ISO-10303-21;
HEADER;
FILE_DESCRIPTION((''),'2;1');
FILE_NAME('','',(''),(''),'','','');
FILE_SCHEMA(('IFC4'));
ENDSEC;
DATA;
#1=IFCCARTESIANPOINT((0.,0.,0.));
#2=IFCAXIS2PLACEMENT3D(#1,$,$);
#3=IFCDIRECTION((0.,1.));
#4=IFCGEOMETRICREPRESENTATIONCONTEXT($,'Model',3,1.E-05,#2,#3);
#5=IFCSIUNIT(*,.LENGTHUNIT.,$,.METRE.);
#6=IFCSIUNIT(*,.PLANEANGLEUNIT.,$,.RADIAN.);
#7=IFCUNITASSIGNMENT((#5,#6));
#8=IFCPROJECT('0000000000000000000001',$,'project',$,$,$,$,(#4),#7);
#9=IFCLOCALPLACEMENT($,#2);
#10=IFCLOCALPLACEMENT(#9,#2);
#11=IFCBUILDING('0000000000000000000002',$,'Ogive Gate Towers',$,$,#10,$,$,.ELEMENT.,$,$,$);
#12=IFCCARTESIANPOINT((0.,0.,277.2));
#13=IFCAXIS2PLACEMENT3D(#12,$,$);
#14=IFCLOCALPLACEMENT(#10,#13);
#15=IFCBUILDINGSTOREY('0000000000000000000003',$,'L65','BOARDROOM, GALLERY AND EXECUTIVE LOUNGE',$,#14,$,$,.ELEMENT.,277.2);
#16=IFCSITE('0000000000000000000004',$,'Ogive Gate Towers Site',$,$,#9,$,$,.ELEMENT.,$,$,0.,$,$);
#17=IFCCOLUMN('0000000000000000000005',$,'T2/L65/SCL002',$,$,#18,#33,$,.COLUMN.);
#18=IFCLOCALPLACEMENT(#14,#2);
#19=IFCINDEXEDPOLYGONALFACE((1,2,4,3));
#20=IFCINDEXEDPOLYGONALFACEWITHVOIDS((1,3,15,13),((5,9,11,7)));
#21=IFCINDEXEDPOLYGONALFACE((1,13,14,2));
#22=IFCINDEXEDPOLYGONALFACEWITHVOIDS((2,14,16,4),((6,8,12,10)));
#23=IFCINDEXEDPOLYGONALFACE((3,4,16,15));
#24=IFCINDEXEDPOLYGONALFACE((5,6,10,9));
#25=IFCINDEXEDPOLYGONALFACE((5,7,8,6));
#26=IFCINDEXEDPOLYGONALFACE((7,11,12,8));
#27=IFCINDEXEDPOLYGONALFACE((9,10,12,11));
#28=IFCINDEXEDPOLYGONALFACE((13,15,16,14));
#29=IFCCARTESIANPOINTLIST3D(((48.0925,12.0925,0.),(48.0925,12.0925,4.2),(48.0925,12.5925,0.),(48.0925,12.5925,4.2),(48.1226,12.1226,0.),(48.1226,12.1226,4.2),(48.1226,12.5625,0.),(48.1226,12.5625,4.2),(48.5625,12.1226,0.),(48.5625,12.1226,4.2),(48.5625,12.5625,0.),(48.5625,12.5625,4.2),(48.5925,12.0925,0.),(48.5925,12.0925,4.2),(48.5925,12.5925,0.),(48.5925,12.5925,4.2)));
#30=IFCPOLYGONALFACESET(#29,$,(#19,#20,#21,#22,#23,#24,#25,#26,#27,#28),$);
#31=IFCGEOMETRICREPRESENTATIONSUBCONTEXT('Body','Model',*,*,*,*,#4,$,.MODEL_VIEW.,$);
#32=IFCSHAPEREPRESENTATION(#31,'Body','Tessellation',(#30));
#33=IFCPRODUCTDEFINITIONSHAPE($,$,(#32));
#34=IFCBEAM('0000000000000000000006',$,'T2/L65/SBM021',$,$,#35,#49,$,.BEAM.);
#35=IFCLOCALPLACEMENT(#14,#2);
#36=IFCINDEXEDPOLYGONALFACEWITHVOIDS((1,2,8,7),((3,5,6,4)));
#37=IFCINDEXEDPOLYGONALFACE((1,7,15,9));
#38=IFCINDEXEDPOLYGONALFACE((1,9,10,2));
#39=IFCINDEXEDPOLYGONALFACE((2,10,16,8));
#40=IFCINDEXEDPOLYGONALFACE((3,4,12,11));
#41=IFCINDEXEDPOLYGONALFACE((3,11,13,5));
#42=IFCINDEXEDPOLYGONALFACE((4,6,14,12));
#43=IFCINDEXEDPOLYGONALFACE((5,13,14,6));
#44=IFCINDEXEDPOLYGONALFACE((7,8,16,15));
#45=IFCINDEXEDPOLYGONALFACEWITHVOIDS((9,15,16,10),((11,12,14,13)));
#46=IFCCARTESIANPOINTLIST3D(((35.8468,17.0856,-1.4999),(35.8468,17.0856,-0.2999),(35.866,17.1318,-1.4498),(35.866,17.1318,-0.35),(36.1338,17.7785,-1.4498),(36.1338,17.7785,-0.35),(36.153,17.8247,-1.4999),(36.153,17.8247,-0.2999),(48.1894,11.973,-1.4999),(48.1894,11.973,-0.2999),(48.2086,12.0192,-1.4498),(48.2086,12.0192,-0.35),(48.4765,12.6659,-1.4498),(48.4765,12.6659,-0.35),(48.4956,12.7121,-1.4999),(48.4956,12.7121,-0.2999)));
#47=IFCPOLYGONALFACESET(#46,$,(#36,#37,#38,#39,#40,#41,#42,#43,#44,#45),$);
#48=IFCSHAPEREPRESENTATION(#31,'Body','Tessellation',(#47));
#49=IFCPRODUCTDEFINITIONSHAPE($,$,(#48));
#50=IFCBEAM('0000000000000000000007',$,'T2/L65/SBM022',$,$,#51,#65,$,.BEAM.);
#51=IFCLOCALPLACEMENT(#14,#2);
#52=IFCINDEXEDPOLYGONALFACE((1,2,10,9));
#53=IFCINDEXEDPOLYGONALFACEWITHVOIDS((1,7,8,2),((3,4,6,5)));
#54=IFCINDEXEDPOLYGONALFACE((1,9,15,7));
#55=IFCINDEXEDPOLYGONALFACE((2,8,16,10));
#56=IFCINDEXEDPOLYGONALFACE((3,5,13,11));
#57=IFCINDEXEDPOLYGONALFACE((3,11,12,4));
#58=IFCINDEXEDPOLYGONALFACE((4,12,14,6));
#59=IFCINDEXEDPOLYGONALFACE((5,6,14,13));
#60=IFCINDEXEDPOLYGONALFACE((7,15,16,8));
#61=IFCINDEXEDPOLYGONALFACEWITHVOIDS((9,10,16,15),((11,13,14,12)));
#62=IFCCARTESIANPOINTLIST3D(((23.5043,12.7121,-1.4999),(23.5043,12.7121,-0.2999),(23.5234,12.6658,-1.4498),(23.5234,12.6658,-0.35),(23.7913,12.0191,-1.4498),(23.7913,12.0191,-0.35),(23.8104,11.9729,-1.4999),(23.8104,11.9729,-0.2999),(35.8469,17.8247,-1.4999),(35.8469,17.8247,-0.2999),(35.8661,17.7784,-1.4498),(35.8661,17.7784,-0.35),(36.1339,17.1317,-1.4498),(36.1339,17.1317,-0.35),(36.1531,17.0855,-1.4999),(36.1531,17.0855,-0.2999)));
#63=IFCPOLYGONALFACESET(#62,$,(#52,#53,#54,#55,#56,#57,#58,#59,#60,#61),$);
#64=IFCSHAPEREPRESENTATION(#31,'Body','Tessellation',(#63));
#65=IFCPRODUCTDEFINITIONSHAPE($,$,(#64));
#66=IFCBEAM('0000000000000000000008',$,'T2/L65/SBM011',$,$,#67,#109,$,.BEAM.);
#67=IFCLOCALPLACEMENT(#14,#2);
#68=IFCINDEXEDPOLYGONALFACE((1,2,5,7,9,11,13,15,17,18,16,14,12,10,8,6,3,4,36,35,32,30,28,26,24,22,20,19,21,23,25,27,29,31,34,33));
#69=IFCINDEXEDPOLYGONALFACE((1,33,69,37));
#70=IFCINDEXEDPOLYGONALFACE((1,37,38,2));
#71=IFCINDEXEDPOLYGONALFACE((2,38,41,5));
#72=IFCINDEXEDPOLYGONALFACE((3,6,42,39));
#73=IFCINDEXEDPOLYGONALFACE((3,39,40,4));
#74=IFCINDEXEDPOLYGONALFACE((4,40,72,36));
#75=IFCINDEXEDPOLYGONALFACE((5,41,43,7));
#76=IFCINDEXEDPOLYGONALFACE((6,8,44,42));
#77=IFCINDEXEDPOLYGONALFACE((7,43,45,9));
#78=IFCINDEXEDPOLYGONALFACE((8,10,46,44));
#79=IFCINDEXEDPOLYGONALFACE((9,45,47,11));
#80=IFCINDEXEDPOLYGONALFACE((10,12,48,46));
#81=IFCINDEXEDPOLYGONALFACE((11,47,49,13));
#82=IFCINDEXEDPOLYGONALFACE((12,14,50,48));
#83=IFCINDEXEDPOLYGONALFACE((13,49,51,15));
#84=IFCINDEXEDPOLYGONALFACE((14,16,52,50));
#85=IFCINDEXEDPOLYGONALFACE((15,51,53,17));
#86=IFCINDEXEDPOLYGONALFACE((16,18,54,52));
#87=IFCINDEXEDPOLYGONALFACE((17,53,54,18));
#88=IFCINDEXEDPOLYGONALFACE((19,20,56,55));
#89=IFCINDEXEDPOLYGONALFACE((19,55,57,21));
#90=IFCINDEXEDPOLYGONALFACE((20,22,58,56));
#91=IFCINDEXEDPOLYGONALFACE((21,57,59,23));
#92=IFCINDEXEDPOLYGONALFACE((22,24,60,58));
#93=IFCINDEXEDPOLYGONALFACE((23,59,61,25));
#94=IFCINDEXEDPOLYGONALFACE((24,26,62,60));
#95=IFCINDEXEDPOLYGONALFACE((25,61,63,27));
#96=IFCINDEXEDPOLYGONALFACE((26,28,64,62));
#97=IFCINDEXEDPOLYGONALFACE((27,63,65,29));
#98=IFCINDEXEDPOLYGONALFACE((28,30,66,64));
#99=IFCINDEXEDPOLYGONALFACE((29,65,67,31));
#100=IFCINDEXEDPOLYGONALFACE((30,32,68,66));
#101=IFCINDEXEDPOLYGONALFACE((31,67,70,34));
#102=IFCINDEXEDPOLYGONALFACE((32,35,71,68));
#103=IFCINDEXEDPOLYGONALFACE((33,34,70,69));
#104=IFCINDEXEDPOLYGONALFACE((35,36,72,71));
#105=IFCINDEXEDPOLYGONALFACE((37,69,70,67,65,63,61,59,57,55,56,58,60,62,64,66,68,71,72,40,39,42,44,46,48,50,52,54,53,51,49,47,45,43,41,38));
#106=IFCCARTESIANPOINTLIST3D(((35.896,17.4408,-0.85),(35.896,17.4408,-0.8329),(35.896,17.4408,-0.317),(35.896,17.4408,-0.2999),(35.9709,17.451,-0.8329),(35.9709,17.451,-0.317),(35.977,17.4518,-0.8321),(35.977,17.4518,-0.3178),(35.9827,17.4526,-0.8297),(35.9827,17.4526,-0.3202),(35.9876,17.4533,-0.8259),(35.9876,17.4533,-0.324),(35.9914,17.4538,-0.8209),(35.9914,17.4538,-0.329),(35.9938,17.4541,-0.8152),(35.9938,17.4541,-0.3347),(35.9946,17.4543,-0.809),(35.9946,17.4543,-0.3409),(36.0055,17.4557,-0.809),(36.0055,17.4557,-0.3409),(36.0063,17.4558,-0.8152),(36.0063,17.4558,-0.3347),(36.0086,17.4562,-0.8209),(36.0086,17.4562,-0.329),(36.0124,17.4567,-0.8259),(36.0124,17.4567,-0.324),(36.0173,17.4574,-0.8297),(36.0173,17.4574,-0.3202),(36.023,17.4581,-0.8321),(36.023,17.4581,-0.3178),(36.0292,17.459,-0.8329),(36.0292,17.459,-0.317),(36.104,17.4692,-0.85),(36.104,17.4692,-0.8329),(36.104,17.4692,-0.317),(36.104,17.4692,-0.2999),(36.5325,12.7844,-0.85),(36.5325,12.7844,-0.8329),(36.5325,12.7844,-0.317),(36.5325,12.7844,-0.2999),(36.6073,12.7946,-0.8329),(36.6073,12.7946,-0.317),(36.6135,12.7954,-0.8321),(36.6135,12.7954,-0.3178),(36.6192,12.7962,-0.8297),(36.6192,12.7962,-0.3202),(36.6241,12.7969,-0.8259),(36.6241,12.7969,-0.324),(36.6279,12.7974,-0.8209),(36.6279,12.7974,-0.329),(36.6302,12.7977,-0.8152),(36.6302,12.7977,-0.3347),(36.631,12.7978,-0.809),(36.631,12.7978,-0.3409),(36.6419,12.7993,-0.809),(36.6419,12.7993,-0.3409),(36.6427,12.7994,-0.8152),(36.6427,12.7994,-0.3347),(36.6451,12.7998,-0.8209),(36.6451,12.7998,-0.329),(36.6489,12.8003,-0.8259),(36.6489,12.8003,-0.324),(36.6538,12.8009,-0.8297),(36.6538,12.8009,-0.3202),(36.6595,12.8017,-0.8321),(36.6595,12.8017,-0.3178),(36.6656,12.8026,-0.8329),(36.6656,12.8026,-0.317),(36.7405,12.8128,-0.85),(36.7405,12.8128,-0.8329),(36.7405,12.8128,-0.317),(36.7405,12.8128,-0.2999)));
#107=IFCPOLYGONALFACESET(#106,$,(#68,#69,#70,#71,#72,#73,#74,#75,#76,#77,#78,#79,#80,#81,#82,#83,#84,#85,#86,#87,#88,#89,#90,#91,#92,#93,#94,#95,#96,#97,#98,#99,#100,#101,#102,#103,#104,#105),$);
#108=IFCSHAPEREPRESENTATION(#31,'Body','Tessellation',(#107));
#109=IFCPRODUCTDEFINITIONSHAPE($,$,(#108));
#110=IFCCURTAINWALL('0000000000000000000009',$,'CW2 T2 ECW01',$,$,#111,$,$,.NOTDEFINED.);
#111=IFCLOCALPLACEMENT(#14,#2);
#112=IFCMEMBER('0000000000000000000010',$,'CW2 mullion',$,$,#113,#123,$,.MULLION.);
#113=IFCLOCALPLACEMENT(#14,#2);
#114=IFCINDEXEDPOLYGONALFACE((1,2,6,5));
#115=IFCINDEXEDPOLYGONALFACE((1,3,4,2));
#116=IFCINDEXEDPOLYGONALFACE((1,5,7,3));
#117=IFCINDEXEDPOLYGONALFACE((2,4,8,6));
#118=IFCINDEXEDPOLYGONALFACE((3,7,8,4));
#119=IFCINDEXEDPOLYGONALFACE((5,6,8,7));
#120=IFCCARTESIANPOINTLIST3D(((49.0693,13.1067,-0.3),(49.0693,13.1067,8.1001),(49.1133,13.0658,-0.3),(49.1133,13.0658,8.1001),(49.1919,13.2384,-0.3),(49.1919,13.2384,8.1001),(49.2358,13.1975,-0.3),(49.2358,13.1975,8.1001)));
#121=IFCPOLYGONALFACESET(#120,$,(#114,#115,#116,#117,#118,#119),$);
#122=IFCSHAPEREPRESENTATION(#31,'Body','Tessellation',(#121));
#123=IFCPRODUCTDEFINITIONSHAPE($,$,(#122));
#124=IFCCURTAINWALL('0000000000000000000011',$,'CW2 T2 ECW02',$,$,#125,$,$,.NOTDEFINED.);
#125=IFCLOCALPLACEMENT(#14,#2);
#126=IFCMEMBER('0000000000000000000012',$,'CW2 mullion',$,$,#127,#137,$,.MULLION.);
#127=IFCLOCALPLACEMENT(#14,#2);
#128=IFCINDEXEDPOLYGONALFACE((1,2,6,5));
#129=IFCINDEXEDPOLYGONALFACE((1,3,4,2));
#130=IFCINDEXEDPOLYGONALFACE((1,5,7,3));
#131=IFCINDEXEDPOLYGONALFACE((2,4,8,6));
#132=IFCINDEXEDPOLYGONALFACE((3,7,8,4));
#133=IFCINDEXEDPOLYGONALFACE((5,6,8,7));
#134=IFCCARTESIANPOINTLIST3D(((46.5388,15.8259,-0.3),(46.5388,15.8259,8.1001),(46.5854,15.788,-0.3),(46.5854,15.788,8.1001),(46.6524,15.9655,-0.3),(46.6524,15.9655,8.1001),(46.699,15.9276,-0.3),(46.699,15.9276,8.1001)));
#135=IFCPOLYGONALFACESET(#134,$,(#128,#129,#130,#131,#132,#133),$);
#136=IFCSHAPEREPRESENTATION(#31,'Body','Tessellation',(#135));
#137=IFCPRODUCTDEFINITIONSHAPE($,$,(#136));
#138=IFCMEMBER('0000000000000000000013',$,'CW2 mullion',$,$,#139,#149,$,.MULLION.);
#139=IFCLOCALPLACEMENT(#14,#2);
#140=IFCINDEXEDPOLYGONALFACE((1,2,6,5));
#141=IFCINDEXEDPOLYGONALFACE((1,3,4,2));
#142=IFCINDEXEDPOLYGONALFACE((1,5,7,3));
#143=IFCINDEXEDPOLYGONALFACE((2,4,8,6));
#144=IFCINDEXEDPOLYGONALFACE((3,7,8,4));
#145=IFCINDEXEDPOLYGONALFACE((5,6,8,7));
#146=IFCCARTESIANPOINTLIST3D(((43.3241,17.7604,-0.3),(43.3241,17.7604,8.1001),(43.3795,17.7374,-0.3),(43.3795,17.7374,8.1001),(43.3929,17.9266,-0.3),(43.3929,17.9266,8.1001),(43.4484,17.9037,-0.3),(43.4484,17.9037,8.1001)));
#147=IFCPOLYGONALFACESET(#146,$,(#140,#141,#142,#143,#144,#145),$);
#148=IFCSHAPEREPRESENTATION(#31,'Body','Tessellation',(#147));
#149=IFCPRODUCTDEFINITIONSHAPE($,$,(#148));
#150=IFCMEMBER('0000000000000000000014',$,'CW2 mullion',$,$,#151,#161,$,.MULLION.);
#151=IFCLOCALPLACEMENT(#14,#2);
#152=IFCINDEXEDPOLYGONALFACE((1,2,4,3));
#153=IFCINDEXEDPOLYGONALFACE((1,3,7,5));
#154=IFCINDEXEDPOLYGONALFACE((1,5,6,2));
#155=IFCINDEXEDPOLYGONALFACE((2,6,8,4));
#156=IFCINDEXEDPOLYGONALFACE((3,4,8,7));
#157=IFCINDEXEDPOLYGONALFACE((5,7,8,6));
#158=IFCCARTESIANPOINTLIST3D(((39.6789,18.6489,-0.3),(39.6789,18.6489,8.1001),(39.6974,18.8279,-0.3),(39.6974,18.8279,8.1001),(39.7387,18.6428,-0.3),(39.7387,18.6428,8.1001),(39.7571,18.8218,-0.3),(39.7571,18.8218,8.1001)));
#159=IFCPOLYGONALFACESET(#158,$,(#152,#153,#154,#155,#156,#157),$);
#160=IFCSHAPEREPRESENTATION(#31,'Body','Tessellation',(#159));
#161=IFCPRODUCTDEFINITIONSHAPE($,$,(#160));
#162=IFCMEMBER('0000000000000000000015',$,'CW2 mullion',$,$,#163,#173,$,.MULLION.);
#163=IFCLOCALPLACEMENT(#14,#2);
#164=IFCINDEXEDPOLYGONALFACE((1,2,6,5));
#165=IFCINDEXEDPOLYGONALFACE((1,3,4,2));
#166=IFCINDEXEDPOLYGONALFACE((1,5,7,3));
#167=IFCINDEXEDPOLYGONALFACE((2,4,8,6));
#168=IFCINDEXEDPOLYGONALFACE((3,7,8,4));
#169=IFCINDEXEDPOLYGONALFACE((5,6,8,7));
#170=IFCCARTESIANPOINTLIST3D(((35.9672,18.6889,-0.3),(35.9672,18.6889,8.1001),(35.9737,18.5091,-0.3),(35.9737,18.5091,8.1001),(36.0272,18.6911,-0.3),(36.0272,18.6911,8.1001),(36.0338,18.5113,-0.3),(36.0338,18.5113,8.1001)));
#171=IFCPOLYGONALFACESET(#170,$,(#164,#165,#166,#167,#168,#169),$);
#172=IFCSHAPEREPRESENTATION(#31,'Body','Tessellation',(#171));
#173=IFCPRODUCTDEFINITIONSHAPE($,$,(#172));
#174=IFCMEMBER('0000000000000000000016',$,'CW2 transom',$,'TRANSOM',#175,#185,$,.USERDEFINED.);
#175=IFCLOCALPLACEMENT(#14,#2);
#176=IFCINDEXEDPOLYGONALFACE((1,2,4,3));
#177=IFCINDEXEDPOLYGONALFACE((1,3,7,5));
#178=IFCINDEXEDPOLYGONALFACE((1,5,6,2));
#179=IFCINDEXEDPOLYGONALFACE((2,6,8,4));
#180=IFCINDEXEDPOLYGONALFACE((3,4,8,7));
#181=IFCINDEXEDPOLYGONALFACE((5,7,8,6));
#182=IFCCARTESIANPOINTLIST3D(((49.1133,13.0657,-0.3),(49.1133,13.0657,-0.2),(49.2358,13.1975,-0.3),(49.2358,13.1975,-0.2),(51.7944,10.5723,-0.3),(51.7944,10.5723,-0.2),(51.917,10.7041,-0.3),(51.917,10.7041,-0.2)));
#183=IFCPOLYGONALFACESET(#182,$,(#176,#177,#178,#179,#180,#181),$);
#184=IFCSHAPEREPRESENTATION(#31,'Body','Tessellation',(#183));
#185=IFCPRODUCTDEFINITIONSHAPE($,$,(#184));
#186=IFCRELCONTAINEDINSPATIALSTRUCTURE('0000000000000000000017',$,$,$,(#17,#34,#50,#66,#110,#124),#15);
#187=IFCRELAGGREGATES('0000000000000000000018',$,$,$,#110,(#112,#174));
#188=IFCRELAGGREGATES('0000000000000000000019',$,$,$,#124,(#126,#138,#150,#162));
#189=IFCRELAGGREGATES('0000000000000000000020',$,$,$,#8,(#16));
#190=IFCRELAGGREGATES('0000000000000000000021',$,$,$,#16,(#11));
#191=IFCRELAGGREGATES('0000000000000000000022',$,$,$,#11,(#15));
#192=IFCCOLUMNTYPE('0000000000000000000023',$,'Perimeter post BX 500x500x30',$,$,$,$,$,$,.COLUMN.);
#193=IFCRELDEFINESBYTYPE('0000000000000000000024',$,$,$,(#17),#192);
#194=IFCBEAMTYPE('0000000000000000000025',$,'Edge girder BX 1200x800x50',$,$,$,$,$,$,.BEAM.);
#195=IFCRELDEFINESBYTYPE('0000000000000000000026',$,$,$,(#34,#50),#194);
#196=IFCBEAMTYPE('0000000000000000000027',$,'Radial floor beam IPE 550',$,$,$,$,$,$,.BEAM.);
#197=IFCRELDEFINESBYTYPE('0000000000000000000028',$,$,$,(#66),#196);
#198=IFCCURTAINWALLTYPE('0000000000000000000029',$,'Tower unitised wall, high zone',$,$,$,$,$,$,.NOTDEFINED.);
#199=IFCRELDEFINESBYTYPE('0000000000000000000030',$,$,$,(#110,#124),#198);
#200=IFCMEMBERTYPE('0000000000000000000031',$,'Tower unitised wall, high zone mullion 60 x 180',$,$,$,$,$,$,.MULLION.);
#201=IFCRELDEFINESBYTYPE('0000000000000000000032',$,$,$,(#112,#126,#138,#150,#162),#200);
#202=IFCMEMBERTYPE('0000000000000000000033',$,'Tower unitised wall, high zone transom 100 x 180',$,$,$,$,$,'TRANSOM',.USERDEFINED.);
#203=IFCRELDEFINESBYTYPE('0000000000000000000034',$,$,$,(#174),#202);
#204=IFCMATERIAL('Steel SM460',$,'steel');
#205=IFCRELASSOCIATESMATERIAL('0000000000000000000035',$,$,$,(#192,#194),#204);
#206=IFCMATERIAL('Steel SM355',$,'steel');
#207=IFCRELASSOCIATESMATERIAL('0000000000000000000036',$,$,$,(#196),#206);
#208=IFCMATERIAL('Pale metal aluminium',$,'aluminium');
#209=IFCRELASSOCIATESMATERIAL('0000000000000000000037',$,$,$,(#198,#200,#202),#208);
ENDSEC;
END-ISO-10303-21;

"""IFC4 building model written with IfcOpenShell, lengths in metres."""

from ifc_helpers import new_model, si_unit, direction, frame, origin, origin_2d, place, context, subcontext, project, spatial, rectangle, hollow_rectangle, i_section, extrude, material, material_profile, profile_set, type_object, element, aggregate, save


model = new_model("IFC4")

# Units and contexts
model_context = context("Model", 3, precision=1e-05, world=origin(), true_north=direction((0.0, 1.0)))
body_context = subcontext(model_context, "Body", "Model", "MODEL_VIEW")
ifc_project = project(units=[si_unit("LENGTHUNIT", "METRE"), si_unit("PLANEANGLEUNIT", "RADIAN")], contexts=[model_context])

# Site, building, storey
site_placement = place(None, origin())
site = spatial("IfcSite", under=ifc_project, at=site_placement, Name="Ogive Gate Towers Site", CompositionType="ELEMENT", RefElevation=0.0)
building_placement = place(site_placement, origin())
building = spatial("IfcBuilding", under=site, at=building_placement, Name="Ogive Gate Towers", CompositionType="ELEMENT")
storey_placement = place(building_placement, frame((0.0, 0.0, 277.2)))
storey = spatial("IfcBuildingStorey", under=building, at=storey_placement, Name="L65", Description="BOARDROOM, GALLERY AND EXECUTIVE LOUNGE", CompositionType="ELEMENT", Elevation=277.2)

# Column
ifc_material_1 = material(Name="Steel SM460", Category="steel")
ifc_material_profile_1 = material_profile(ifc_material_1, hollow_rectangle(XDim=0.5, YDim=0.5, WallThickness=0.03, at=origin_2d()), Name="BX 500x500x30")
ifc_profile_set_1 = profile_set([ifc_material_profile_1], Name="Steel SM460")
column_type = type_object("IfcColumnType", Name="Perimeter post BX 500x500x30", PredefinedType="COLUMN", material=ifc_profile_set_1)
column_placement = place(storey_placement, frame((48.3425, 12.3425, 0.0), z_axis=(0.0, 0.0, 1.0), x_axis=(1.0, 0.0, 0.0)))
element("IfcColumn", 1, at=column_placement, inside=storey, type_object=column_type, Name="T2/L65/SCL002", PredefinedType="COLUMN", context=body_context, shape_type="SweptSolid", body=[
    extrude(hollow_rectangle(XDim=0.5, YDim=0.5, WallThickness=0.03, at=origin_2d()), origin(), (0.0, 0.0, 1.0), 4.2),
])

# Beams
ifc_material_profile_2 = material_profile(ifc_material_1, hollow_rectangle(XDim=0.8, YDim=1.2, WallThickness=0.05, at=origin_2d()), Name="BX 1200x800x50")
ifc_profile_set_2 = profile_set([ifc_material_profile_2], Name="Steel SM460")
beam_type_1 = type_object("IfcBeamType", Name="Edge girder BX 1200x800x50", PredefinedType="BEAM", material=ifc_profile_set_2)
for number, where, z_axis, x_axis, name in (
    (2, (48.3425, 12.3425, -0.8999), (-0.923877, 0.38269, 0.0), (-0.38269, -0.923877, 0.0), "T2/L65/SBM021"),
    (3, (36.0, 17.4551, -0.8999), (-0.923877, -0.38269, 0.0), (0.38269, -0.923877, 0.0), "T2/L65/SBM022"),
):
    element("IfcBeam", number, at=place(storey_placement, frame(where, z_axis=z_axis, x_axis=x_axis)), inside=storey, type_object=beam_type_1, Name=name, PredefinedType="BEAM", context=body_context, shape_type="SweptSolid", body=[
        extrude(hollow_rectangle(XDim=0.8, YDim=1.2, WallThickness=0.05, at=origin_2d()), origin(), (0.0, 0.0, 1.0), 13.3596),
    ])
ifc_material_2 = material(Name="Steel SM355", Category="steel")
ifc_material_profile_3 = material_profile(ifc_material_2, i_section(OverallWidth=0.21, OverallDepth=0.55, WebThickness=0.011, FlangeThickness=0.0171, FilletRadius=0.0239, at=origin_2d()), Name="IPE 550")
ifc_profile_set_3 = profile_set([ifc_material_profile_3], Name="Steel SM355")
beam_type_2 = type_object("IfcBeamType", Name="Radial floor beam IPE 550", PredefinedType="BEAM", material=ifc_profile_set_3)
beam_placement = place(storey_placement, frame((36.6365, 12.7986, -0.575), z_axis=(-0.135426, 0.990787, 0.0), x_axis=(-0.990787, -0.135426, 0.0)))
element("IfcBeam", 4, at=beam_placement, inside=storey, type_object=beam_type_2, Name="T2/L65/SBM011", PredefinedType="BEAM", context=body_context, shape_type="SweptSolid", body=[
    extrude(i_section(OverallWidth=0.21, OverallDepth=0.55, WebThickness=0.011, FlangeThickness=0.0171, FilletRadius=0.0239, at=origin_2d()), origin(), (0.0, 0.0, 1.0), 4.6997),
])

# Curtain wall, member
ifc_material_3 = material(Name="Pale metal aluminium", Category="aluminium")
curtain_wall_type = type_object("IfcCurtainWallType", Name="Tower unitised wall, high zone", PredefinedType="NOTDEFINED", material=ifc_material_3)
curtain_wall_1_placement = place(storey_placement, origin())
curtain_wall_1 = element("IfcCurtainWall", 5, at=curtain_wall_1_placement, inside=storey, type_object=curtain_wall_type, Name="CW2 T2 ECW01", PredefinedType="NOTDEFINED")
ifc_material_profile_4 = material_profile(ifc_material_3, rectangle(XDim=0.1799, YDim=0.0601, at=origin_2d()), Name="60 x 180 aluminium box")
ifc_profile_set_4 = profile_set([ifc_material_profile_4], Name="Pale metal aluminium")
member_type_1 = type_object("IfcMemberType", Name="Tower unitised wall, high zone mullion 60 x 180", PredefinedType="MULLION", material=ifc_profile_set_4)
member_1_placement = place(storey_placement, frame((49.1526, 13.1521, -0.3), z_axis=(0.0, 0.0, 1.0), x_axis=(0.680964, 0.732317, 0.0)))
member_1 = element("IfcMember", 6, at=member_1_placement, type_object=member_type_1, Name="CW2 mullion", PredefinedType="MULLION", context=body_context, shape_type="SweptSolid", body=[
    extrude(rectangle(XDim=0.1799, YDim=0.0601, at=origin_2d()), origin(), (0.0, 0.0, 1.0), 8.4001),
])

# Curtain wall, members
curtain_wall_2_placement = place(storey_placement, origin())
curtain_wall_2 = element("IfcCurtainWall", 7, at=curtain_wall_2_placement, inside=storey, type_object=curtain_wall_type, Name="CW2 T2 ECW02", PredefinedType="NOTDEFINED")
member_2_placement = place(storey_placement, frame((46.6189, 15.8767, -0.3), z_axis=(0.0, 0.0, 1.0), x_axis=(0.631001, 0.775782, 0.0)))
member_2 = element("IfcMember", 8, at=member_2_placement, type_object=member_type_1, Name="CW2 mullion", PredefinedType="MULLION", context=body_context, shape_type="SweptSolid", body=[
    extrude(rectangle(XDim=0.1799, YDim=0.0601, at=origin_2d()), origin(), (0.0, 0.0, 1.0), 8.4001),
])
member_3_placement = place(storey_placement, frame((43.3862, 17.832, -0.3), z_axis=(0.0, 0.0, 1.0), x_axis=(0.382683, 0.92388, 0.0)))
member_3 = element("IfcMember", 9, at=member_3_placement, type_object=member_type_1, Name="CW2 mullion", PredefinedType="MULLION", context=body_context, shape_type="SweptSolid", body=[
    extrude(rectangle(XDim=0.1799, YDim=0.0601, at=origin_2d()), origin(), (0.0, 0.0, 1.0), 8.4001),
])
member_4_placement = place(storey_placement, frame((39.718, 18.7354, -0.3), z_axis=(0.0, 0.0, 1.0), x_axis=(0.102393, 0.994744, 0.0)))
member_4 = element("IfcMember", 10, at=member_4_placement, type_object=member_type_1, Name="CW2 mullion", PredefinedType="MULLION", context=body_context, shape_type="SweptSolid", body=[
    extrude(rectangle(XDim=0.1799, YDim=0.0601, at=origin_2d()), origin(), (0.0, 0.0, 1.0), 8.4001),
])
member_5_placement = place(storey_placement, frame((36.0005, 18.6001, -0.3), z_axis=(0.0, 0.0, 1.0), x_axis=(-0.036295, 0.999341, 0.0)))
member_5 = element("IfcMember", 11, at=member_5_placement, type_object=member_type_1, Name="CW2 mullion", PredefinedType="MULLION", context=body_context, shape_type="SweptSolid", body=[
    extrude(rectangle(XDim=0.1799, YDim=0.0601, at=origin_2d()), origin(), (0.0, 0.0, 1.0), 8.4001),
])

# Member
ifc_material_profile_5 = material_profile(ifc_material_3, rectangle(XDim=0.1799, YDim=0.1001, at=origin_2d()), Name="100 x 180 aluminium box")
ifc_profile_set_5 = profile_set([ifc_material_profile_5], Name="Pale metal aluminium")
member_type_2 = type_object("IfcMemberType", Name="Tower unitised wall, high zone transom 100 x 180", ElementType="TRANSOM", PredefinedType="USERDEFINED", material=ifc_profile_set_5)
member_6_placement = place(storey_placement, frame((51.8557, 10.6382, -0.25), z_axis=(-0.73228, 0.681003, 0.0), x_axis=(-0.681003, -0.73228, 0.0)))
member_6 = element("IfcMember", 12, at=member_6_placement, type_object=member_type_2, Name="CW2 transom", ObjectType="TRANSOM", PredefinedType="USERDEFINED", context=body_context, shape_type="SweptSolid", body=[
    extrude(rectangle(XDim=0.1799, YDim=0.1001, at=origin_2d()), origin(), (0.0, 0.0, 1.0), 3.6614),
])

aggregate(curtain_wall_1, [member_1, member_6])
aggregate(curtain_wall_2, [member_2, member_3, member_4, member_5])

save(model, "model.ifc")
